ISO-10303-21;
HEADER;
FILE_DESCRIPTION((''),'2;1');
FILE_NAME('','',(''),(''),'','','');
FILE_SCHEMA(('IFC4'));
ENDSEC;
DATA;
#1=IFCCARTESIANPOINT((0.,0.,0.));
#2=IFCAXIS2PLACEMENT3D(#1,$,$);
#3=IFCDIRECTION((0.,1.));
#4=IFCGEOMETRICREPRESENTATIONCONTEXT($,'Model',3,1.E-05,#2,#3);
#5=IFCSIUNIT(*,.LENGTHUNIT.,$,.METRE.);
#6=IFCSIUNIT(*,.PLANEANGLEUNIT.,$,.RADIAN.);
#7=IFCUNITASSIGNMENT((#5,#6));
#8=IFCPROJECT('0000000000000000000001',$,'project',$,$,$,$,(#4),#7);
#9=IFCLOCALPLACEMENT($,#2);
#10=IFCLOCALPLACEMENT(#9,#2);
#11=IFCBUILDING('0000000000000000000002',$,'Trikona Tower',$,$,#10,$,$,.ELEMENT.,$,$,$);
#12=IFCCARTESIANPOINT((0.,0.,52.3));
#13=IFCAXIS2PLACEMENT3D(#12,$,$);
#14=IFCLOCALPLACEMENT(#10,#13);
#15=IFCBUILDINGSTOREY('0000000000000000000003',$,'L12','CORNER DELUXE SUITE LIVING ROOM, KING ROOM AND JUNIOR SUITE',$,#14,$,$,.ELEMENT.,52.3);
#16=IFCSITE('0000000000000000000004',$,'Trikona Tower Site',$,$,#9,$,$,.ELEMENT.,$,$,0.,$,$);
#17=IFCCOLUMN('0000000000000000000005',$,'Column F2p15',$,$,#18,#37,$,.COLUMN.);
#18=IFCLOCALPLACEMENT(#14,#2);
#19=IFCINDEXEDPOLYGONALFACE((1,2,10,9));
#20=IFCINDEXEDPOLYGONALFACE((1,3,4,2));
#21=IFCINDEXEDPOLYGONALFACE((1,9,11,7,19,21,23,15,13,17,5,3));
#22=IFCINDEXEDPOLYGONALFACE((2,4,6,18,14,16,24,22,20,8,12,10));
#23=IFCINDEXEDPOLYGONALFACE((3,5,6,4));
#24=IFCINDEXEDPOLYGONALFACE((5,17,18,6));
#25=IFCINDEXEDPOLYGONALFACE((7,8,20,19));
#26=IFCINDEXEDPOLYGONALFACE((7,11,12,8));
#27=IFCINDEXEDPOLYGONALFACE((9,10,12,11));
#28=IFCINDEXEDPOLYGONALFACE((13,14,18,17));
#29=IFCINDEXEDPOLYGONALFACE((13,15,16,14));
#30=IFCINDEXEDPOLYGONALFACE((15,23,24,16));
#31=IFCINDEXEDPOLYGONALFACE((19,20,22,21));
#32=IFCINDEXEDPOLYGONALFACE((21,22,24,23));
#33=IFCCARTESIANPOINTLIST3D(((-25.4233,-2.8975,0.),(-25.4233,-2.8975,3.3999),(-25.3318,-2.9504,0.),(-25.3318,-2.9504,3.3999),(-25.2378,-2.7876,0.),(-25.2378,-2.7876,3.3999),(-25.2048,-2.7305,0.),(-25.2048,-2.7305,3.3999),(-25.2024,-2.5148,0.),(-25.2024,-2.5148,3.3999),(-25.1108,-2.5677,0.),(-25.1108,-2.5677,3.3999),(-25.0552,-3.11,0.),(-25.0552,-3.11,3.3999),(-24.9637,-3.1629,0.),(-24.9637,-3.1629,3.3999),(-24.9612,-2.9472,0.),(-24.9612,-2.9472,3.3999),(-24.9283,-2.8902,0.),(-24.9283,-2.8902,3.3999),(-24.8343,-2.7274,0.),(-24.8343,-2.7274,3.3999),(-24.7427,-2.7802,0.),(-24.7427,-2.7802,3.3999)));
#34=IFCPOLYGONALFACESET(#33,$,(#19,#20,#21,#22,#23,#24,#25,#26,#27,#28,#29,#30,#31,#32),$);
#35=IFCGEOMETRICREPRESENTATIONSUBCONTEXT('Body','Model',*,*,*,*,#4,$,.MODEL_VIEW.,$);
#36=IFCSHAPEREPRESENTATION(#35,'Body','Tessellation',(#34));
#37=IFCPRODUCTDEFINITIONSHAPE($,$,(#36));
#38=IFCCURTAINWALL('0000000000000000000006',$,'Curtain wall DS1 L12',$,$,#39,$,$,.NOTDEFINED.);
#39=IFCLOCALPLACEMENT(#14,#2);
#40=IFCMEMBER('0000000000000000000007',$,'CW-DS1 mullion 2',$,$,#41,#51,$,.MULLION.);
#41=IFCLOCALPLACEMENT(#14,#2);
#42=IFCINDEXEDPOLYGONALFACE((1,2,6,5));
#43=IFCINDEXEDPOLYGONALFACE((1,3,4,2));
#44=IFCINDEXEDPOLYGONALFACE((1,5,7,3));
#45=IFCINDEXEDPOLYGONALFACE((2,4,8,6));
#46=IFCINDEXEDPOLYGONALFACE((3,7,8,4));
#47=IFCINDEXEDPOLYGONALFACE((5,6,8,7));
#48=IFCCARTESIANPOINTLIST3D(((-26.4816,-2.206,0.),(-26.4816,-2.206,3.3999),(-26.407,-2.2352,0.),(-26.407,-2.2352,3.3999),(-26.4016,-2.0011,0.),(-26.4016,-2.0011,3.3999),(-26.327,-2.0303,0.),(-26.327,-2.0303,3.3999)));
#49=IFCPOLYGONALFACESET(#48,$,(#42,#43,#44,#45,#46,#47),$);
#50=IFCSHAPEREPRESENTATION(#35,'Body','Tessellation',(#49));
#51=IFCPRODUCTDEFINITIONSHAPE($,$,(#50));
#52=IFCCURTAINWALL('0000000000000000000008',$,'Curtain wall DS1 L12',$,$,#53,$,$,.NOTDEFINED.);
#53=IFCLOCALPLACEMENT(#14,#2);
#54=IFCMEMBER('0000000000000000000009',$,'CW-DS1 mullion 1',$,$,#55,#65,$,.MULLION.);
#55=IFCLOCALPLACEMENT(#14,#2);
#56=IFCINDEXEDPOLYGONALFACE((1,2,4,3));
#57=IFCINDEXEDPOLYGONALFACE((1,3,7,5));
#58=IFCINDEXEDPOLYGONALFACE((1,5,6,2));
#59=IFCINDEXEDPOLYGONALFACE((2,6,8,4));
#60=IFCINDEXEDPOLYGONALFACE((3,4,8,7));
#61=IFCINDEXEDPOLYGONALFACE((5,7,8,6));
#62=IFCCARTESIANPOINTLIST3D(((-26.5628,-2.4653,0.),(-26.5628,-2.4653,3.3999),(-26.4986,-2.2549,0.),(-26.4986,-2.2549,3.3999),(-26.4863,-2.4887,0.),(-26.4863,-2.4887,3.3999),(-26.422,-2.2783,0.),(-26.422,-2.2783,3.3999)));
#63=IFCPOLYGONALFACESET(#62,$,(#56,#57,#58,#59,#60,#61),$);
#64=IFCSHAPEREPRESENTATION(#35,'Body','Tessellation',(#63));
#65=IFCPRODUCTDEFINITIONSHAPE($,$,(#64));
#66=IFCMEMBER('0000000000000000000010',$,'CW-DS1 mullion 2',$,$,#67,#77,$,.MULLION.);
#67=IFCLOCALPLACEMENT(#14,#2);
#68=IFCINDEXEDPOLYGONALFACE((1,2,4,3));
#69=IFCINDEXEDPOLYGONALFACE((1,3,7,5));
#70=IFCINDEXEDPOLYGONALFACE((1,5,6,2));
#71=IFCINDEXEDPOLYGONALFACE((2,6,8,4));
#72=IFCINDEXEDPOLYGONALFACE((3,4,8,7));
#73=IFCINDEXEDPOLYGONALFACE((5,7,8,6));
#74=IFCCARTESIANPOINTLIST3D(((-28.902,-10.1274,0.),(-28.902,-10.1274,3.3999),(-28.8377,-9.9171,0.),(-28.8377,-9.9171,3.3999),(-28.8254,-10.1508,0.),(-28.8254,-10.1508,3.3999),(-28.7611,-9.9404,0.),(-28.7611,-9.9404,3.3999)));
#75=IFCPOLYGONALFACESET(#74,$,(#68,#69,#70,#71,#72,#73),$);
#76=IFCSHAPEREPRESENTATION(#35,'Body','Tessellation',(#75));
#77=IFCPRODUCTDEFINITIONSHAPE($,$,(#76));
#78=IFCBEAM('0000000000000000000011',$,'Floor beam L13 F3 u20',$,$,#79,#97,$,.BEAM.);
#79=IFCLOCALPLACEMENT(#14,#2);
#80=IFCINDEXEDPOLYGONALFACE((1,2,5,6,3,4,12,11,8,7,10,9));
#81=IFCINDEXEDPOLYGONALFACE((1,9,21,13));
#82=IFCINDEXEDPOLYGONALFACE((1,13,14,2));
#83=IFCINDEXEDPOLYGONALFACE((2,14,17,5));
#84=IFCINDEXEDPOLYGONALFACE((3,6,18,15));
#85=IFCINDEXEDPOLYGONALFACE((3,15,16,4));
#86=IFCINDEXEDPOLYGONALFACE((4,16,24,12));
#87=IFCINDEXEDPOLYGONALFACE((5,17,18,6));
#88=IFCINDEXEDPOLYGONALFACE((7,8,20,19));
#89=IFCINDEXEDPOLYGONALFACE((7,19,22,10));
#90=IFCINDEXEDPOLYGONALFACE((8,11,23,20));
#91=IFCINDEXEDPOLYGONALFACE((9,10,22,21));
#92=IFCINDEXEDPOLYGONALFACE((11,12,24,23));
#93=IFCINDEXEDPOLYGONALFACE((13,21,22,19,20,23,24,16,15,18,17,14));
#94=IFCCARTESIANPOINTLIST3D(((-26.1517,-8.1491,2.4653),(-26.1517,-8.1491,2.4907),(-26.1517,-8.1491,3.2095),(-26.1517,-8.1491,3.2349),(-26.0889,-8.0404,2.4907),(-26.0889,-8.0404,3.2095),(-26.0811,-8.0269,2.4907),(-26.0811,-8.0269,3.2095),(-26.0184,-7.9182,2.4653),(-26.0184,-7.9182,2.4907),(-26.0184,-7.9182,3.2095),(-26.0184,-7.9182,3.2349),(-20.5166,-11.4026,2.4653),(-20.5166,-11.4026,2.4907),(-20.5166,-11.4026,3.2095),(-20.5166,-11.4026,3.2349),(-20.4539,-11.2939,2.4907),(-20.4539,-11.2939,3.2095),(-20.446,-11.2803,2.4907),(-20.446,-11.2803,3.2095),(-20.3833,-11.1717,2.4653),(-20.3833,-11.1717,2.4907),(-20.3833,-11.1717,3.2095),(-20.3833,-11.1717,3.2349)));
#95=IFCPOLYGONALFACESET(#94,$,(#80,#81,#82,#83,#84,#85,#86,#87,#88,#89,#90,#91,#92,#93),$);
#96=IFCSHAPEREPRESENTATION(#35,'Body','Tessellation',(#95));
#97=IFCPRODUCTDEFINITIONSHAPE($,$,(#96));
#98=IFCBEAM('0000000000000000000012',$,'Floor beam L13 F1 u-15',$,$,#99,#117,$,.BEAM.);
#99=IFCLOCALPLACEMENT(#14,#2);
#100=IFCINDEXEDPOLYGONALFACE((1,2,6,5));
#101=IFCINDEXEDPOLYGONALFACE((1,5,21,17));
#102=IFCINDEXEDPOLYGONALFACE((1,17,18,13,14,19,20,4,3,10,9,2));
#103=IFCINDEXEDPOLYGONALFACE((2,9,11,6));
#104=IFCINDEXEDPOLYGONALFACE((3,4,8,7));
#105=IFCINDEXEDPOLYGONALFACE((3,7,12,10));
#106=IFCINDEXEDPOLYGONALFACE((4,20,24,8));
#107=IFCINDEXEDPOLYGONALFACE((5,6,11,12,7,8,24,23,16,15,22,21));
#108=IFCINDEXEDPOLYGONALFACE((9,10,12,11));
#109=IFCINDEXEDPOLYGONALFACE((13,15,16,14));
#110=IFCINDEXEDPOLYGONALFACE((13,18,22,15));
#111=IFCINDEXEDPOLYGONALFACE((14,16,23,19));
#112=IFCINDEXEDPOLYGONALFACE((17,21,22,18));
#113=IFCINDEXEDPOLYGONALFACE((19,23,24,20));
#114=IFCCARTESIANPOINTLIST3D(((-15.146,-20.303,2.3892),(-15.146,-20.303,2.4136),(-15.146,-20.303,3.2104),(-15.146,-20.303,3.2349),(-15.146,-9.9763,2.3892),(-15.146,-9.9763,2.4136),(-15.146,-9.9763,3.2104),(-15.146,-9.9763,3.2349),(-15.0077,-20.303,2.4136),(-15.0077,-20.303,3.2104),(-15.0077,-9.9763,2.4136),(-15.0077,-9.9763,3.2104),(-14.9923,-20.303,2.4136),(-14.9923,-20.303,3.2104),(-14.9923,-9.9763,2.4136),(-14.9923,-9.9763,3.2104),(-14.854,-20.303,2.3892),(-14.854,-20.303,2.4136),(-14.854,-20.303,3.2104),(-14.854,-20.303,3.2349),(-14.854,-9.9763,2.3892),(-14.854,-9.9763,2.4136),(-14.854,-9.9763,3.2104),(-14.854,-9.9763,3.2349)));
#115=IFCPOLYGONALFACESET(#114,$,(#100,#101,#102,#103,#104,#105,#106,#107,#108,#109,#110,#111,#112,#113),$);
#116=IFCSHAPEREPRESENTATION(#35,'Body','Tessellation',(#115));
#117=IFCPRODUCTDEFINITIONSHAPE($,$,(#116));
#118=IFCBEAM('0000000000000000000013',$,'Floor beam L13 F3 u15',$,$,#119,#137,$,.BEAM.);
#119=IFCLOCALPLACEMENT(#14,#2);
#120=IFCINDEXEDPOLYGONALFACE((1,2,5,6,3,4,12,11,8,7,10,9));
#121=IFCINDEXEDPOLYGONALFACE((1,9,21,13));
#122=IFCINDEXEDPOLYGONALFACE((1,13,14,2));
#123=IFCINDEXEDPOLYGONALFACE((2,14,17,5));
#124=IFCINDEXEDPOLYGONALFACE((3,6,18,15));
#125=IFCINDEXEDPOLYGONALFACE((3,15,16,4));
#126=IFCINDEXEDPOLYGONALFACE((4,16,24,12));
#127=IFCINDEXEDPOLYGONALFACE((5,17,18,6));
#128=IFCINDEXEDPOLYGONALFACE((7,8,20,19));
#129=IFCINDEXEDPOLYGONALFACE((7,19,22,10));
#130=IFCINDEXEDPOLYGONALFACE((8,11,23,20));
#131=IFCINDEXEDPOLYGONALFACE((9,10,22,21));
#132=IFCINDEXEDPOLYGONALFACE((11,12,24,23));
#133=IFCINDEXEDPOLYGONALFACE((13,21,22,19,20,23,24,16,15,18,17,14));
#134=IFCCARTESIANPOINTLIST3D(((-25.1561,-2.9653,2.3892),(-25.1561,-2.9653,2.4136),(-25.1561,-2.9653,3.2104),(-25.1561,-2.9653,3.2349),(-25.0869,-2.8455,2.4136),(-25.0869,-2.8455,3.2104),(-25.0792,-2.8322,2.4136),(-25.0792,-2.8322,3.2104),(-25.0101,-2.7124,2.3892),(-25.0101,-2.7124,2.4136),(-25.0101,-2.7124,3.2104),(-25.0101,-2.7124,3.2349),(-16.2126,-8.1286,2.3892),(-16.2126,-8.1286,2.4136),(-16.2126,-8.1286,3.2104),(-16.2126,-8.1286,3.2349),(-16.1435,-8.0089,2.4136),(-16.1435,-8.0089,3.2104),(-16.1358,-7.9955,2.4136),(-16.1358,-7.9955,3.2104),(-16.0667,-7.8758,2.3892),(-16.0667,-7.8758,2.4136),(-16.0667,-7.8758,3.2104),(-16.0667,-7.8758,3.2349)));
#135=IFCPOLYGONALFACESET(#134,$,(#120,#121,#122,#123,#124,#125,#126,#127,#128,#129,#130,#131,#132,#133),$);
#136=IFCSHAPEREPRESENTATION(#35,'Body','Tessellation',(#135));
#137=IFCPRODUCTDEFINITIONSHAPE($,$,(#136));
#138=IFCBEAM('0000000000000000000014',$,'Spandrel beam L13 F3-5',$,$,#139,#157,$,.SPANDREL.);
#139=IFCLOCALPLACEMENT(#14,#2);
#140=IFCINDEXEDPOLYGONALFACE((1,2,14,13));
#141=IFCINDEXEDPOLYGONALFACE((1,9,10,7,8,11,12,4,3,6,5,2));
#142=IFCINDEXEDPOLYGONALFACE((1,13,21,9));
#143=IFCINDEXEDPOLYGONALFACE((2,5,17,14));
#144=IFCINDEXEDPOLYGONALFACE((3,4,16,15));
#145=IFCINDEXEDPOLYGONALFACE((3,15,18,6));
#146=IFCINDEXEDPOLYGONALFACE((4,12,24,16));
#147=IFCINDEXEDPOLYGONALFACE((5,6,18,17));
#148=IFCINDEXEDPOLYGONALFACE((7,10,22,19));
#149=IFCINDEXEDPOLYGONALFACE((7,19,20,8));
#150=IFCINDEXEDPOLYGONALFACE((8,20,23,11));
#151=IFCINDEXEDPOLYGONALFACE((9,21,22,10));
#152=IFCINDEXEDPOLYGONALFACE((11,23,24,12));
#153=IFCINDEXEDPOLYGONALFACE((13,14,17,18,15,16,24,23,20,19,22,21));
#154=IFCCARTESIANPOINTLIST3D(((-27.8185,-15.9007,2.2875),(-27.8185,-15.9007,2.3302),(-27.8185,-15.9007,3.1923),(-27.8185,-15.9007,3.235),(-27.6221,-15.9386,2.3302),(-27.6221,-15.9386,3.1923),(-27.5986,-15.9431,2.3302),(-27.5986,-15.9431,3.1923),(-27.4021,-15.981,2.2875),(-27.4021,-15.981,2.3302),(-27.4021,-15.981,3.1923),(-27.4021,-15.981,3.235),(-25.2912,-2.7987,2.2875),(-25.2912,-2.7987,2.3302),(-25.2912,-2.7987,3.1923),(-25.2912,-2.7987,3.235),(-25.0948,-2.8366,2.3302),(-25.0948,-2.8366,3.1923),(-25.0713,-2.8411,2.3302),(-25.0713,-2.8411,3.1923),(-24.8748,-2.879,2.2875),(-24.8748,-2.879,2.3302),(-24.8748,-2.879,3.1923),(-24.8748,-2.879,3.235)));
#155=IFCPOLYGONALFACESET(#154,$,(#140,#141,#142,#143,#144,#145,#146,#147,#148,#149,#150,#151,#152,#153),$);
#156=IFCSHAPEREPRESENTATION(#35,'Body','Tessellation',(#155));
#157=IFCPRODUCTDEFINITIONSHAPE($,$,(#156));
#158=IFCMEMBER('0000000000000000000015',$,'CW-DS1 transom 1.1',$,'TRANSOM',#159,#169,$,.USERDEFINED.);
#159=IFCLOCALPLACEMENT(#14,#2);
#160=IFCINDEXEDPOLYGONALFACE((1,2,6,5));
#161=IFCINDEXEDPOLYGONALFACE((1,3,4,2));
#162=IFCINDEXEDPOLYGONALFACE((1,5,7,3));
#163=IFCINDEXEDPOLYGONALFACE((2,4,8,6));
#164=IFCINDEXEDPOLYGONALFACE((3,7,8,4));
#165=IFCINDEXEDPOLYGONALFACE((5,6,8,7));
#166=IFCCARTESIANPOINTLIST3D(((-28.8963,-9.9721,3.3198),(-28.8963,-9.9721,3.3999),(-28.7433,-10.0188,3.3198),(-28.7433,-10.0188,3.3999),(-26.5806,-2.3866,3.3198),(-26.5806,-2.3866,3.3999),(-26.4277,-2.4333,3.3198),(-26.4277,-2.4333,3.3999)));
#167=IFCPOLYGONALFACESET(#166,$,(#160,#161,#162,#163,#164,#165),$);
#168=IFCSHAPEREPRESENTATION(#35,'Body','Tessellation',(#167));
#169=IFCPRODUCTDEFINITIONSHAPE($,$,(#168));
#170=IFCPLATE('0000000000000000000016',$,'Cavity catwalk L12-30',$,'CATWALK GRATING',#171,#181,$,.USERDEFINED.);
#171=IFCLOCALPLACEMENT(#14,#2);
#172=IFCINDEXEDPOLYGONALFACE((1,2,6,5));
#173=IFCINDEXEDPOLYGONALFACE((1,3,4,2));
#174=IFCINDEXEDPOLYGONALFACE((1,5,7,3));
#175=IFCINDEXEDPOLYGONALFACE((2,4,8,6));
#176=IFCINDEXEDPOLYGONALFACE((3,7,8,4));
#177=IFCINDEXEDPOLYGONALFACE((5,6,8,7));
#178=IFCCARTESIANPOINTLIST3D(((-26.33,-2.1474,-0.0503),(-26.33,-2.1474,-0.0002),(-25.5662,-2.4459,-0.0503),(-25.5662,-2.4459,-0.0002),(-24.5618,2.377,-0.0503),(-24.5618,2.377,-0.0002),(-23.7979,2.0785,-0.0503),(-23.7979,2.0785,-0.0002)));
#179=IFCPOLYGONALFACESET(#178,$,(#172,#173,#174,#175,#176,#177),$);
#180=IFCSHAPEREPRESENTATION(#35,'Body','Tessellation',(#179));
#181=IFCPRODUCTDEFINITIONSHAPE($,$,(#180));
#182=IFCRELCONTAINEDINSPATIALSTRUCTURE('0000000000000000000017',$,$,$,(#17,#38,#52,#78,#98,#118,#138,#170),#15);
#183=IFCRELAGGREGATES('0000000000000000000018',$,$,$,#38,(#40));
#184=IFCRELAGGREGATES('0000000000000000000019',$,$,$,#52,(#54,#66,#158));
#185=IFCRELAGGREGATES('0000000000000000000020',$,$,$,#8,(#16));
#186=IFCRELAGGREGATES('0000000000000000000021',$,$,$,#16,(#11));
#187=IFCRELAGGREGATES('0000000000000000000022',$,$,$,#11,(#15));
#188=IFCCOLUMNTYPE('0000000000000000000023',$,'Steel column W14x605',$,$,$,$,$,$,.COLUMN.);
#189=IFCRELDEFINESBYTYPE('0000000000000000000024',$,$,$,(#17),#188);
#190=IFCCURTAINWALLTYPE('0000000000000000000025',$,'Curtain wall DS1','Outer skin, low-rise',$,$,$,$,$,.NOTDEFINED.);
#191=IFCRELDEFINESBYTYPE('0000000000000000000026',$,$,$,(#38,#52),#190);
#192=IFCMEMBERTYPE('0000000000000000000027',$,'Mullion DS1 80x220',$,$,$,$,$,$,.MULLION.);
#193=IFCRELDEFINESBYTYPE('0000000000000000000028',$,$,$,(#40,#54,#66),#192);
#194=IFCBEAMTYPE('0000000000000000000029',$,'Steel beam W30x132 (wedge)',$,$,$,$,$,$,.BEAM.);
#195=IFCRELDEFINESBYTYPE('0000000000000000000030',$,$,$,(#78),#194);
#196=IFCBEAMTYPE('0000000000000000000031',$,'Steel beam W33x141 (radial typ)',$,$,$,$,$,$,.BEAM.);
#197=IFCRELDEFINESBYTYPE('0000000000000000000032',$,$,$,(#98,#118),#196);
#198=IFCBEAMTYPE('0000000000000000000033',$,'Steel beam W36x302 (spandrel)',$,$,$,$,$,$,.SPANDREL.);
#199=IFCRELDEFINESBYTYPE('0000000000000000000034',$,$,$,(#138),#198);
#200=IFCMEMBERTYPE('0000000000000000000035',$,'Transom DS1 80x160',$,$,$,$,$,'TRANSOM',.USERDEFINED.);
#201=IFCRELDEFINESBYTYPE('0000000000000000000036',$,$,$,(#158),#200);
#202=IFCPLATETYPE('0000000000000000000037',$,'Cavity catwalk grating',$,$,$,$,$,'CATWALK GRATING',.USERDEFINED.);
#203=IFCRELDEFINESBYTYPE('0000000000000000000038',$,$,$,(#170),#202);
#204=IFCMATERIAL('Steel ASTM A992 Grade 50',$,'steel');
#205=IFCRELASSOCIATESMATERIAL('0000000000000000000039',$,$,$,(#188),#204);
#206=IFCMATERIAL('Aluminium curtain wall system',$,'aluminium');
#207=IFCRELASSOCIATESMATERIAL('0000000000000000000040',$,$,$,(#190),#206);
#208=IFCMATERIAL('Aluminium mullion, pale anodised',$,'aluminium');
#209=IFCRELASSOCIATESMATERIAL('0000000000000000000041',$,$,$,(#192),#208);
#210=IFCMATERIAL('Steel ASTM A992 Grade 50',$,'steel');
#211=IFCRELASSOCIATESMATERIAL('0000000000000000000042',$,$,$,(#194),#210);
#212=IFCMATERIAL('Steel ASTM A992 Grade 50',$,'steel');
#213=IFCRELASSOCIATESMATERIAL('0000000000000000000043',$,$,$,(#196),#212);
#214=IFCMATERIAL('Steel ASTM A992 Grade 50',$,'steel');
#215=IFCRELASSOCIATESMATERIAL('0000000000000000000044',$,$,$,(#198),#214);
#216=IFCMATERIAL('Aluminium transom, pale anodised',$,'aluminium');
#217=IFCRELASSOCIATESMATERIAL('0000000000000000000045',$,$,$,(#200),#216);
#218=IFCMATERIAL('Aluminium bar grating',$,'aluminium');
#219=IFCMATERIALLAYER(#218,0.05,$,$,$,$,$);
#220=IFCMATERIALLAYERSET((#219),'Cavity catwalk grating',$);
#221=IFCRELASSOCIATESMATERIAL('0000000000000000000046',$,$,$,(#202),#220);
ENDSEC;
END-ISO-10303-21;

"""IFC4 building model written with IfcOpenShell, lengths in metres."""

from ifc_helpers import new_model, si_unit, direction, frame, origin, origin_2d, place, context, subcontext, project, spatial, rectangle, i_section, extrude, material, layer, layer_set, material_profile, profile_set, type_object, element, aggregate, save


model = new_model("IFC4")

# Units and contexts
model_context = context("Model", 3, precision=1e-05, world=origin(), true_north=direction((0.0, 1.0)))
body_context = subcontext(model_context, "Body", "Model", "MODEL_VIEW")
ifc_project = project(units=[si_unit("LENGTHUNIT", "METRE"), si_unit("PLANEANGLEUNIT", "RADIAN")], contexts=[model_context])

# Site, building, storey
site_placement = place(None, origin())
site = spatial("IfcSite", under=ifc_project, at=site_placement, Name="Trikona Tower Site", CompositionType="ELEMENT", RefElevation=0.0)
building_placement = place(site_placement, origin())
building = spatial("IfcBuilding", under=site, at=building_placement, Name="Trikona Tower", CompositionType="ELEMENT")
storey_placement = place(building_placement, frame((0.0, 0.0, 52.3)))
storey = spatial("IfcBuildingStorey", under=building, at=storey_placement, Name="L12", Description="CORNER DELUXE SUITE LIVING ROOM, KING ROOM AND JUNIOR SUITE", CompositionType="ELEMENT", Elevation=52.3)

# Column
ifc_material_1 = material(Name="Steel ASTM A992 Grade 50", Category="steel")
ifc_material_profile_1 = material_profile(ifc_material_1, i_section(OverallWidth=0.4419, OverallDepth=0.5308, WebThickness=0.0659, FlangeThickness=0.1057, at=origin_2d()), Name="W14X605")
ifc_profile_set_1 = profile_set([ifc_material_profile_1], Name="Steel ASTM A992 Grade 50")
column_type = type_object("IfcColumnType", Name="Steel column W14x605", PredefinedType="COLUMN", material=ifc_profile_set_1)
column_placement = place(storey_placement, frame((-25.083, -2.8389, 0.0), z_axis=(0.0, 0.0, 1.0), x_axis=(-0.5, -0.866025, 0.0)))
element("IfcColumn", 1, at=column_placement, inside=storey, type_object=column_type, Name="Column F2p15", PredefinedType="COLUMN", context=body_context, shape_type="SweptSolid", body=[
    extrude(i_section(OverallWidth=0.4419, OverallDepth=0.5308, WebThickness=0.0659, FlangeThickness=0.1057, at=origin_2d()), origin(), (0.0, 0.0, 1.0), 3.3999),
])

# Curtain wall, member
ifc_material_2 = material(Name="Aluminium curtain wall system", Category="aluminium")
curtain_wall_type = type_object("IfcCurtainWallType", Name="Curtain wall DS1", Description="Outer skin, low-rise", PredefinedType="NOTDEFINED", material=ifc_material_2)
curtain_wall_1_placement = place(storey_placement, origin())
curtain_wall_1 = element("IfcCurtainWall", 2, at=curtain_wall_1_placement, inside=storey, type_object=curtain_wall_type, Name="Curtain wall DS1 L12", PredefinedType="NOTDEFINED")
ifc_material_3 = material(Name="Aluminium mullion, pale anodised", Category="aluminium")
ifc_material_profile_2 = material_profile(ifc_material_3, rectangle(XDim=0.0801, YDim=0.22, at=origin_2d()), Name="MUL-DS1")
ifc_profile_set_2 = profile_set([ifc_material_profile_2], Name="Aluminium mullion, pale anodised")
member_type_1 = type_object("IfcMemberType", Name="Mullion DS1 80x220", PredefinedType="MULLION", material=ifc_profile_set_2)
member_1_placement = place(storey_placement, frame((-26.4043, -2.1182, 0.0), z_axis=(0.0, 0.0, 1.0), x_axis=(0.931396, -0.364008, 0.0)))
member_1 = element("IfcMember", 3, at=member_1_placement, type_object=member_type_1, Name="CW-DS1 mullion 2", PredefinedType="MULLION", context=body_context, shape_type="SweptSolid", body=[
    extrude(rectangle(XDim=0.0801, YDim=0.22, at=origin_2d()), origin(), (0.0, 0.0, 1.0), 3.3999),
])

# Curtain wall, members
curtain_wall_2_placement = place(storey_placement, origin())
curtain_wall_2 = element("IfcCurtainWall", 4, at=curtain_wall_2_placement, inside=storey, type_object=curtain_wall_type, Name="Curtain wall DS1 L12", PredefinedType="NOTDEFINED")
member_2_placement = place(storey_placement, frame((-26.4924, -2.3718, 0.0), z_axis=(0.0, 0.0, 1.0), x_axis=(0.956423, -0.291984, 0.0)))
member_2 = element("IfcMember", 5, at=member_2_placement, type_object=member_type_1, Name="CW-DS1 mullion 1", PredefinedType="MULLION", context=body_context, shape_type="SweptSolid", body=[
    extrude(rectangle(XDim=0.0801, YDim=0.22, at=origin_2d()), origin(), (0.0, 0.0, 1.0), 3.3999),
])
member_3_placement = place(storey_placement, frame((-28.8315, -10.0339, 0.0), z_axis=(0.0, 0.0, 1.0), x_axis=(0.956423, -0.291984, 0.0)))
member_3 = element("IfcMember", 6, at=member_3_placement, type_object=member_type_1, Name="CW-DS1 mullion 2", PredefinedType="MULLION", context=body_context, shape_type="SweptSolid", body=[
    extrude(rectangle(XDim=0.0801, YDim=0.22, at=origin_2d()), origin(), (0.0, 0.0, 1.0), 3.3999),
])

# Beams
ifc_material_4 = material(Name="Steel ASTM A992 Grade 50", Category="steel")
ifc_material_profile_3 = material_profile(ifc_material_4, i_section(OverallWidth=0.2666, OverallDepth=0.7695, WebThickness=0.0156, FlangeThickness=0.0254, at=origin_2d()), Name="W30X132")
ifc_profile_set_3 = profile_set([ifc_material_profile_3], Name="Steel ASTM A992 Grade 50")
beam_type_1 = type_object("IfcBeamType", Name="Steel beam W30x132 (wedge)", PredefinedType="BEAM", material=ifc_profile_set_3)
beam_1_placement = place(storey_placement, frame((-20.45, -11.2871, 2.8501), z_axis=(-0.866023, 0.500005, 0.0), x_axis=(-0.500005, -0.866023, 0.0)))
element("IfcBeam", 7, at=beam_1_placement, inside=storey, type_object=beam_type_1, Name="Floor beam L13 F3 u20", PredefinedType="BEAM", context=body_context, shape_type="SweptSolid", body=[
    extrude(i_section(OverallWidth=0.2666, OverallDepth=0.7695, WebThickness=0.0156, FlangeThickness=0.0254, at=origin_2d()), origin(), (0.0, 0.0, 1.0), 6.5068),
])
ifc_material_5 = material(Name="Steel ASTM A992 Grade 50", Category="steel")
ifc_material_profile_4 = material_profile(ifc_material_5, i_section(OverallWidth=0.292, OverallDepth=0.8457, WebThickness=0.0154, FlangeThickness=0.0244, at=origin_2d()), Name="W33X141")
ifc_profile_set_4 = profile_set([ifc_material_profile_4], Name="Steel ASTM A992 Grade 50")
beam_type_2 = type_object("IfcBeamType", Name="Steel beam W33x141 (radial typ)", PredefinedType="BEAM", material=ifc_profile_set_4)
beam_2_placement = place(storey_placement, frame((-15.0, -9.9763, 2.812), z_axis=(0.0, -1.0, 0.0), x_axis=(1.0, 0.0, 0.0)))
element("IfcBeam", 8, at=beam_2_placement, inside=storey, type_object=beam_type_2, Name="Floor beam L13 F1 u-15", PredefinedType="BEAM", context=body_context, shape_type="SweptSolid", body=[
    extrude(i_section(OverallWidth=0.292, OverallDepth=0.8457, WebThickness=0.0154, FlangeThickness=0.0244, at=origin_2d()), origin(), (0.0, 0.0, 1.0), 10.3267),
])
beam_3_placement = place(storey_placement, frame((-16.1396, -8.0022, 2.812), z_axis=(-0.86603, 0.499991, 0.0), x_axis=(-0.499991, -0.86603, 0.0)))
element("IfcBeam", 9, at=beam_3_placement, inside=storey, type_object=beam_type_2, Name="Floor beam L13 F3 u15", PredefinedType="BEAM", context=body_context, shape_type="SweptSolid", body=[
    extrude(i_section(OverallWidth=0.292, OverallDepth=0.8457, WebThickness=0.0154, FlangeThickness=0.0244, at=origin_2d()), origin(), (0.0, 0.0, 1.0), 10.3269),
])
ifc_material_6 = material(Name="Steel ASTM A992 Grade 50", Category="steel")
ifc_material_profile_5 = material_profile(ifc_material_6, i_section(OverallWidth=0.4241, OverallDepth=0.9475, WebThickness=0.0239, FlangeThickness=0.0427, at=origin_2d()), Name="W36X302")
ifc_profile_set_5 = profile_set([ifc_material_profile_5], Name="Steel ASTM A992 Grade 50")
beam_type_3 = type_object("IfcBeamType", Name="Steel beam W36x302 (spandrel)", PredefinedType="SPANDREL", material=ifc_profile_set_5)
beam_4_placement = place(storey_placement, frame((-25.083, -2.8389, 2.7612), z_axis=(-0.189405, -0.981899, 0.0), x_axis=(0.981899, -0.189405, 0.0)))
element("IfcBeam", 10, at=beam_4_placement, inside=storey, type_object=beam_type_3, Name="Spandrel beam L13 F3-5", PredefinedType="SPANDREL", context=body_context, shape_type="SweptSolid", body=[
    extrude(i_section(OverallWidth=0.4241, OverallDepth=0.9475, WebThickness=0.0239, FlangeThickness=0.0427, at=origin_2d()), origin(), (0.0, 0.0, 1.0), 13.3435),
])

# Member
ifc_material_7 = material(Name="Aluminium transom, pale anodised", Category="aluminium")
ifc_material_profile_6 = material_profile(ifc_material_7, rectangle(XDim=0.1599, YDim=0.0801, at=origin_2d()), Name="TRN-DS1")
ifc_profile_set_6 = profile_set([ifc_material_profile_6], Name="Aluminium transom, pale anodised")
member_type_2 = type_object("IfcMemberType", Name="Transom DS1 80x160", ElementType="TRANSOM", PredefinedType="USERDEFINED", material=ifc_profile_set_6)
member_4_placement = place(storey_placement, frame((-26.5042, -2.4099, 3.3599), z_axis=(-0.291967, -0.956428, 0.0), x_axis=(0.956428, -0.291967, 0.0)))
member_4 = element("IfcMember", 11, at=member_4_placement, type_object=member_type_2, Name="CW-DS1 transom 1.1", ObjectType="TRANSOM", PredefinedType="USERDEFINED", context=body_context, shape_type="SweptSolid", body=[
    extrude(rectangle(XDim=0.1599, YDim=0.0801, at=origin_2d()), origin(), (0.0, 0.0, 1.0), 7.9312),
])

# Plate
ifc_material_8 = material(Name="Aluminium bar grating", Category="aluminium")
ifc_layer_1 = layer(ifc_material_8, 0.05)
ifc_layer_set_1 = layer_set([ifc_layer_1], Name="Cavity catwalk grating")
plate_type_1 = type_object("IfcPlateType", Name="Cavity catwalk grating", ElementType="CATWALK GRATING", PredefinedType="USERDEFINED", material=ifc_layer_set_1)
plate_1_placement = place(storey_placement, frame((-25.064, -0.0344, -0.0503), z_axis=(0.0, 0.0, 1.0), x_axis=(-0.364009, -0.931395, 0.0)))
element("IfcPlate", 12, at=plate_1_placement, inside=storey, type_object=plate_type_1, Name="Cavity catwalk L12-30", ObjectType="CATWALK GRATING", PredefinedType="USERDEFINED", context=body_context, shape_type="SweptSolid", body=[
    extrude(rectangle(XDim=4.8577, YDim=0.8201, at=origin_2d()), origin(), (0.0, 0.0, 1.0), 0.05),
])

aggregate(curtain_wall_1, [member_1])
aggregate(curtain_wall_2, [member_2, member_3, member_4])

save(model, "model.ifc")
